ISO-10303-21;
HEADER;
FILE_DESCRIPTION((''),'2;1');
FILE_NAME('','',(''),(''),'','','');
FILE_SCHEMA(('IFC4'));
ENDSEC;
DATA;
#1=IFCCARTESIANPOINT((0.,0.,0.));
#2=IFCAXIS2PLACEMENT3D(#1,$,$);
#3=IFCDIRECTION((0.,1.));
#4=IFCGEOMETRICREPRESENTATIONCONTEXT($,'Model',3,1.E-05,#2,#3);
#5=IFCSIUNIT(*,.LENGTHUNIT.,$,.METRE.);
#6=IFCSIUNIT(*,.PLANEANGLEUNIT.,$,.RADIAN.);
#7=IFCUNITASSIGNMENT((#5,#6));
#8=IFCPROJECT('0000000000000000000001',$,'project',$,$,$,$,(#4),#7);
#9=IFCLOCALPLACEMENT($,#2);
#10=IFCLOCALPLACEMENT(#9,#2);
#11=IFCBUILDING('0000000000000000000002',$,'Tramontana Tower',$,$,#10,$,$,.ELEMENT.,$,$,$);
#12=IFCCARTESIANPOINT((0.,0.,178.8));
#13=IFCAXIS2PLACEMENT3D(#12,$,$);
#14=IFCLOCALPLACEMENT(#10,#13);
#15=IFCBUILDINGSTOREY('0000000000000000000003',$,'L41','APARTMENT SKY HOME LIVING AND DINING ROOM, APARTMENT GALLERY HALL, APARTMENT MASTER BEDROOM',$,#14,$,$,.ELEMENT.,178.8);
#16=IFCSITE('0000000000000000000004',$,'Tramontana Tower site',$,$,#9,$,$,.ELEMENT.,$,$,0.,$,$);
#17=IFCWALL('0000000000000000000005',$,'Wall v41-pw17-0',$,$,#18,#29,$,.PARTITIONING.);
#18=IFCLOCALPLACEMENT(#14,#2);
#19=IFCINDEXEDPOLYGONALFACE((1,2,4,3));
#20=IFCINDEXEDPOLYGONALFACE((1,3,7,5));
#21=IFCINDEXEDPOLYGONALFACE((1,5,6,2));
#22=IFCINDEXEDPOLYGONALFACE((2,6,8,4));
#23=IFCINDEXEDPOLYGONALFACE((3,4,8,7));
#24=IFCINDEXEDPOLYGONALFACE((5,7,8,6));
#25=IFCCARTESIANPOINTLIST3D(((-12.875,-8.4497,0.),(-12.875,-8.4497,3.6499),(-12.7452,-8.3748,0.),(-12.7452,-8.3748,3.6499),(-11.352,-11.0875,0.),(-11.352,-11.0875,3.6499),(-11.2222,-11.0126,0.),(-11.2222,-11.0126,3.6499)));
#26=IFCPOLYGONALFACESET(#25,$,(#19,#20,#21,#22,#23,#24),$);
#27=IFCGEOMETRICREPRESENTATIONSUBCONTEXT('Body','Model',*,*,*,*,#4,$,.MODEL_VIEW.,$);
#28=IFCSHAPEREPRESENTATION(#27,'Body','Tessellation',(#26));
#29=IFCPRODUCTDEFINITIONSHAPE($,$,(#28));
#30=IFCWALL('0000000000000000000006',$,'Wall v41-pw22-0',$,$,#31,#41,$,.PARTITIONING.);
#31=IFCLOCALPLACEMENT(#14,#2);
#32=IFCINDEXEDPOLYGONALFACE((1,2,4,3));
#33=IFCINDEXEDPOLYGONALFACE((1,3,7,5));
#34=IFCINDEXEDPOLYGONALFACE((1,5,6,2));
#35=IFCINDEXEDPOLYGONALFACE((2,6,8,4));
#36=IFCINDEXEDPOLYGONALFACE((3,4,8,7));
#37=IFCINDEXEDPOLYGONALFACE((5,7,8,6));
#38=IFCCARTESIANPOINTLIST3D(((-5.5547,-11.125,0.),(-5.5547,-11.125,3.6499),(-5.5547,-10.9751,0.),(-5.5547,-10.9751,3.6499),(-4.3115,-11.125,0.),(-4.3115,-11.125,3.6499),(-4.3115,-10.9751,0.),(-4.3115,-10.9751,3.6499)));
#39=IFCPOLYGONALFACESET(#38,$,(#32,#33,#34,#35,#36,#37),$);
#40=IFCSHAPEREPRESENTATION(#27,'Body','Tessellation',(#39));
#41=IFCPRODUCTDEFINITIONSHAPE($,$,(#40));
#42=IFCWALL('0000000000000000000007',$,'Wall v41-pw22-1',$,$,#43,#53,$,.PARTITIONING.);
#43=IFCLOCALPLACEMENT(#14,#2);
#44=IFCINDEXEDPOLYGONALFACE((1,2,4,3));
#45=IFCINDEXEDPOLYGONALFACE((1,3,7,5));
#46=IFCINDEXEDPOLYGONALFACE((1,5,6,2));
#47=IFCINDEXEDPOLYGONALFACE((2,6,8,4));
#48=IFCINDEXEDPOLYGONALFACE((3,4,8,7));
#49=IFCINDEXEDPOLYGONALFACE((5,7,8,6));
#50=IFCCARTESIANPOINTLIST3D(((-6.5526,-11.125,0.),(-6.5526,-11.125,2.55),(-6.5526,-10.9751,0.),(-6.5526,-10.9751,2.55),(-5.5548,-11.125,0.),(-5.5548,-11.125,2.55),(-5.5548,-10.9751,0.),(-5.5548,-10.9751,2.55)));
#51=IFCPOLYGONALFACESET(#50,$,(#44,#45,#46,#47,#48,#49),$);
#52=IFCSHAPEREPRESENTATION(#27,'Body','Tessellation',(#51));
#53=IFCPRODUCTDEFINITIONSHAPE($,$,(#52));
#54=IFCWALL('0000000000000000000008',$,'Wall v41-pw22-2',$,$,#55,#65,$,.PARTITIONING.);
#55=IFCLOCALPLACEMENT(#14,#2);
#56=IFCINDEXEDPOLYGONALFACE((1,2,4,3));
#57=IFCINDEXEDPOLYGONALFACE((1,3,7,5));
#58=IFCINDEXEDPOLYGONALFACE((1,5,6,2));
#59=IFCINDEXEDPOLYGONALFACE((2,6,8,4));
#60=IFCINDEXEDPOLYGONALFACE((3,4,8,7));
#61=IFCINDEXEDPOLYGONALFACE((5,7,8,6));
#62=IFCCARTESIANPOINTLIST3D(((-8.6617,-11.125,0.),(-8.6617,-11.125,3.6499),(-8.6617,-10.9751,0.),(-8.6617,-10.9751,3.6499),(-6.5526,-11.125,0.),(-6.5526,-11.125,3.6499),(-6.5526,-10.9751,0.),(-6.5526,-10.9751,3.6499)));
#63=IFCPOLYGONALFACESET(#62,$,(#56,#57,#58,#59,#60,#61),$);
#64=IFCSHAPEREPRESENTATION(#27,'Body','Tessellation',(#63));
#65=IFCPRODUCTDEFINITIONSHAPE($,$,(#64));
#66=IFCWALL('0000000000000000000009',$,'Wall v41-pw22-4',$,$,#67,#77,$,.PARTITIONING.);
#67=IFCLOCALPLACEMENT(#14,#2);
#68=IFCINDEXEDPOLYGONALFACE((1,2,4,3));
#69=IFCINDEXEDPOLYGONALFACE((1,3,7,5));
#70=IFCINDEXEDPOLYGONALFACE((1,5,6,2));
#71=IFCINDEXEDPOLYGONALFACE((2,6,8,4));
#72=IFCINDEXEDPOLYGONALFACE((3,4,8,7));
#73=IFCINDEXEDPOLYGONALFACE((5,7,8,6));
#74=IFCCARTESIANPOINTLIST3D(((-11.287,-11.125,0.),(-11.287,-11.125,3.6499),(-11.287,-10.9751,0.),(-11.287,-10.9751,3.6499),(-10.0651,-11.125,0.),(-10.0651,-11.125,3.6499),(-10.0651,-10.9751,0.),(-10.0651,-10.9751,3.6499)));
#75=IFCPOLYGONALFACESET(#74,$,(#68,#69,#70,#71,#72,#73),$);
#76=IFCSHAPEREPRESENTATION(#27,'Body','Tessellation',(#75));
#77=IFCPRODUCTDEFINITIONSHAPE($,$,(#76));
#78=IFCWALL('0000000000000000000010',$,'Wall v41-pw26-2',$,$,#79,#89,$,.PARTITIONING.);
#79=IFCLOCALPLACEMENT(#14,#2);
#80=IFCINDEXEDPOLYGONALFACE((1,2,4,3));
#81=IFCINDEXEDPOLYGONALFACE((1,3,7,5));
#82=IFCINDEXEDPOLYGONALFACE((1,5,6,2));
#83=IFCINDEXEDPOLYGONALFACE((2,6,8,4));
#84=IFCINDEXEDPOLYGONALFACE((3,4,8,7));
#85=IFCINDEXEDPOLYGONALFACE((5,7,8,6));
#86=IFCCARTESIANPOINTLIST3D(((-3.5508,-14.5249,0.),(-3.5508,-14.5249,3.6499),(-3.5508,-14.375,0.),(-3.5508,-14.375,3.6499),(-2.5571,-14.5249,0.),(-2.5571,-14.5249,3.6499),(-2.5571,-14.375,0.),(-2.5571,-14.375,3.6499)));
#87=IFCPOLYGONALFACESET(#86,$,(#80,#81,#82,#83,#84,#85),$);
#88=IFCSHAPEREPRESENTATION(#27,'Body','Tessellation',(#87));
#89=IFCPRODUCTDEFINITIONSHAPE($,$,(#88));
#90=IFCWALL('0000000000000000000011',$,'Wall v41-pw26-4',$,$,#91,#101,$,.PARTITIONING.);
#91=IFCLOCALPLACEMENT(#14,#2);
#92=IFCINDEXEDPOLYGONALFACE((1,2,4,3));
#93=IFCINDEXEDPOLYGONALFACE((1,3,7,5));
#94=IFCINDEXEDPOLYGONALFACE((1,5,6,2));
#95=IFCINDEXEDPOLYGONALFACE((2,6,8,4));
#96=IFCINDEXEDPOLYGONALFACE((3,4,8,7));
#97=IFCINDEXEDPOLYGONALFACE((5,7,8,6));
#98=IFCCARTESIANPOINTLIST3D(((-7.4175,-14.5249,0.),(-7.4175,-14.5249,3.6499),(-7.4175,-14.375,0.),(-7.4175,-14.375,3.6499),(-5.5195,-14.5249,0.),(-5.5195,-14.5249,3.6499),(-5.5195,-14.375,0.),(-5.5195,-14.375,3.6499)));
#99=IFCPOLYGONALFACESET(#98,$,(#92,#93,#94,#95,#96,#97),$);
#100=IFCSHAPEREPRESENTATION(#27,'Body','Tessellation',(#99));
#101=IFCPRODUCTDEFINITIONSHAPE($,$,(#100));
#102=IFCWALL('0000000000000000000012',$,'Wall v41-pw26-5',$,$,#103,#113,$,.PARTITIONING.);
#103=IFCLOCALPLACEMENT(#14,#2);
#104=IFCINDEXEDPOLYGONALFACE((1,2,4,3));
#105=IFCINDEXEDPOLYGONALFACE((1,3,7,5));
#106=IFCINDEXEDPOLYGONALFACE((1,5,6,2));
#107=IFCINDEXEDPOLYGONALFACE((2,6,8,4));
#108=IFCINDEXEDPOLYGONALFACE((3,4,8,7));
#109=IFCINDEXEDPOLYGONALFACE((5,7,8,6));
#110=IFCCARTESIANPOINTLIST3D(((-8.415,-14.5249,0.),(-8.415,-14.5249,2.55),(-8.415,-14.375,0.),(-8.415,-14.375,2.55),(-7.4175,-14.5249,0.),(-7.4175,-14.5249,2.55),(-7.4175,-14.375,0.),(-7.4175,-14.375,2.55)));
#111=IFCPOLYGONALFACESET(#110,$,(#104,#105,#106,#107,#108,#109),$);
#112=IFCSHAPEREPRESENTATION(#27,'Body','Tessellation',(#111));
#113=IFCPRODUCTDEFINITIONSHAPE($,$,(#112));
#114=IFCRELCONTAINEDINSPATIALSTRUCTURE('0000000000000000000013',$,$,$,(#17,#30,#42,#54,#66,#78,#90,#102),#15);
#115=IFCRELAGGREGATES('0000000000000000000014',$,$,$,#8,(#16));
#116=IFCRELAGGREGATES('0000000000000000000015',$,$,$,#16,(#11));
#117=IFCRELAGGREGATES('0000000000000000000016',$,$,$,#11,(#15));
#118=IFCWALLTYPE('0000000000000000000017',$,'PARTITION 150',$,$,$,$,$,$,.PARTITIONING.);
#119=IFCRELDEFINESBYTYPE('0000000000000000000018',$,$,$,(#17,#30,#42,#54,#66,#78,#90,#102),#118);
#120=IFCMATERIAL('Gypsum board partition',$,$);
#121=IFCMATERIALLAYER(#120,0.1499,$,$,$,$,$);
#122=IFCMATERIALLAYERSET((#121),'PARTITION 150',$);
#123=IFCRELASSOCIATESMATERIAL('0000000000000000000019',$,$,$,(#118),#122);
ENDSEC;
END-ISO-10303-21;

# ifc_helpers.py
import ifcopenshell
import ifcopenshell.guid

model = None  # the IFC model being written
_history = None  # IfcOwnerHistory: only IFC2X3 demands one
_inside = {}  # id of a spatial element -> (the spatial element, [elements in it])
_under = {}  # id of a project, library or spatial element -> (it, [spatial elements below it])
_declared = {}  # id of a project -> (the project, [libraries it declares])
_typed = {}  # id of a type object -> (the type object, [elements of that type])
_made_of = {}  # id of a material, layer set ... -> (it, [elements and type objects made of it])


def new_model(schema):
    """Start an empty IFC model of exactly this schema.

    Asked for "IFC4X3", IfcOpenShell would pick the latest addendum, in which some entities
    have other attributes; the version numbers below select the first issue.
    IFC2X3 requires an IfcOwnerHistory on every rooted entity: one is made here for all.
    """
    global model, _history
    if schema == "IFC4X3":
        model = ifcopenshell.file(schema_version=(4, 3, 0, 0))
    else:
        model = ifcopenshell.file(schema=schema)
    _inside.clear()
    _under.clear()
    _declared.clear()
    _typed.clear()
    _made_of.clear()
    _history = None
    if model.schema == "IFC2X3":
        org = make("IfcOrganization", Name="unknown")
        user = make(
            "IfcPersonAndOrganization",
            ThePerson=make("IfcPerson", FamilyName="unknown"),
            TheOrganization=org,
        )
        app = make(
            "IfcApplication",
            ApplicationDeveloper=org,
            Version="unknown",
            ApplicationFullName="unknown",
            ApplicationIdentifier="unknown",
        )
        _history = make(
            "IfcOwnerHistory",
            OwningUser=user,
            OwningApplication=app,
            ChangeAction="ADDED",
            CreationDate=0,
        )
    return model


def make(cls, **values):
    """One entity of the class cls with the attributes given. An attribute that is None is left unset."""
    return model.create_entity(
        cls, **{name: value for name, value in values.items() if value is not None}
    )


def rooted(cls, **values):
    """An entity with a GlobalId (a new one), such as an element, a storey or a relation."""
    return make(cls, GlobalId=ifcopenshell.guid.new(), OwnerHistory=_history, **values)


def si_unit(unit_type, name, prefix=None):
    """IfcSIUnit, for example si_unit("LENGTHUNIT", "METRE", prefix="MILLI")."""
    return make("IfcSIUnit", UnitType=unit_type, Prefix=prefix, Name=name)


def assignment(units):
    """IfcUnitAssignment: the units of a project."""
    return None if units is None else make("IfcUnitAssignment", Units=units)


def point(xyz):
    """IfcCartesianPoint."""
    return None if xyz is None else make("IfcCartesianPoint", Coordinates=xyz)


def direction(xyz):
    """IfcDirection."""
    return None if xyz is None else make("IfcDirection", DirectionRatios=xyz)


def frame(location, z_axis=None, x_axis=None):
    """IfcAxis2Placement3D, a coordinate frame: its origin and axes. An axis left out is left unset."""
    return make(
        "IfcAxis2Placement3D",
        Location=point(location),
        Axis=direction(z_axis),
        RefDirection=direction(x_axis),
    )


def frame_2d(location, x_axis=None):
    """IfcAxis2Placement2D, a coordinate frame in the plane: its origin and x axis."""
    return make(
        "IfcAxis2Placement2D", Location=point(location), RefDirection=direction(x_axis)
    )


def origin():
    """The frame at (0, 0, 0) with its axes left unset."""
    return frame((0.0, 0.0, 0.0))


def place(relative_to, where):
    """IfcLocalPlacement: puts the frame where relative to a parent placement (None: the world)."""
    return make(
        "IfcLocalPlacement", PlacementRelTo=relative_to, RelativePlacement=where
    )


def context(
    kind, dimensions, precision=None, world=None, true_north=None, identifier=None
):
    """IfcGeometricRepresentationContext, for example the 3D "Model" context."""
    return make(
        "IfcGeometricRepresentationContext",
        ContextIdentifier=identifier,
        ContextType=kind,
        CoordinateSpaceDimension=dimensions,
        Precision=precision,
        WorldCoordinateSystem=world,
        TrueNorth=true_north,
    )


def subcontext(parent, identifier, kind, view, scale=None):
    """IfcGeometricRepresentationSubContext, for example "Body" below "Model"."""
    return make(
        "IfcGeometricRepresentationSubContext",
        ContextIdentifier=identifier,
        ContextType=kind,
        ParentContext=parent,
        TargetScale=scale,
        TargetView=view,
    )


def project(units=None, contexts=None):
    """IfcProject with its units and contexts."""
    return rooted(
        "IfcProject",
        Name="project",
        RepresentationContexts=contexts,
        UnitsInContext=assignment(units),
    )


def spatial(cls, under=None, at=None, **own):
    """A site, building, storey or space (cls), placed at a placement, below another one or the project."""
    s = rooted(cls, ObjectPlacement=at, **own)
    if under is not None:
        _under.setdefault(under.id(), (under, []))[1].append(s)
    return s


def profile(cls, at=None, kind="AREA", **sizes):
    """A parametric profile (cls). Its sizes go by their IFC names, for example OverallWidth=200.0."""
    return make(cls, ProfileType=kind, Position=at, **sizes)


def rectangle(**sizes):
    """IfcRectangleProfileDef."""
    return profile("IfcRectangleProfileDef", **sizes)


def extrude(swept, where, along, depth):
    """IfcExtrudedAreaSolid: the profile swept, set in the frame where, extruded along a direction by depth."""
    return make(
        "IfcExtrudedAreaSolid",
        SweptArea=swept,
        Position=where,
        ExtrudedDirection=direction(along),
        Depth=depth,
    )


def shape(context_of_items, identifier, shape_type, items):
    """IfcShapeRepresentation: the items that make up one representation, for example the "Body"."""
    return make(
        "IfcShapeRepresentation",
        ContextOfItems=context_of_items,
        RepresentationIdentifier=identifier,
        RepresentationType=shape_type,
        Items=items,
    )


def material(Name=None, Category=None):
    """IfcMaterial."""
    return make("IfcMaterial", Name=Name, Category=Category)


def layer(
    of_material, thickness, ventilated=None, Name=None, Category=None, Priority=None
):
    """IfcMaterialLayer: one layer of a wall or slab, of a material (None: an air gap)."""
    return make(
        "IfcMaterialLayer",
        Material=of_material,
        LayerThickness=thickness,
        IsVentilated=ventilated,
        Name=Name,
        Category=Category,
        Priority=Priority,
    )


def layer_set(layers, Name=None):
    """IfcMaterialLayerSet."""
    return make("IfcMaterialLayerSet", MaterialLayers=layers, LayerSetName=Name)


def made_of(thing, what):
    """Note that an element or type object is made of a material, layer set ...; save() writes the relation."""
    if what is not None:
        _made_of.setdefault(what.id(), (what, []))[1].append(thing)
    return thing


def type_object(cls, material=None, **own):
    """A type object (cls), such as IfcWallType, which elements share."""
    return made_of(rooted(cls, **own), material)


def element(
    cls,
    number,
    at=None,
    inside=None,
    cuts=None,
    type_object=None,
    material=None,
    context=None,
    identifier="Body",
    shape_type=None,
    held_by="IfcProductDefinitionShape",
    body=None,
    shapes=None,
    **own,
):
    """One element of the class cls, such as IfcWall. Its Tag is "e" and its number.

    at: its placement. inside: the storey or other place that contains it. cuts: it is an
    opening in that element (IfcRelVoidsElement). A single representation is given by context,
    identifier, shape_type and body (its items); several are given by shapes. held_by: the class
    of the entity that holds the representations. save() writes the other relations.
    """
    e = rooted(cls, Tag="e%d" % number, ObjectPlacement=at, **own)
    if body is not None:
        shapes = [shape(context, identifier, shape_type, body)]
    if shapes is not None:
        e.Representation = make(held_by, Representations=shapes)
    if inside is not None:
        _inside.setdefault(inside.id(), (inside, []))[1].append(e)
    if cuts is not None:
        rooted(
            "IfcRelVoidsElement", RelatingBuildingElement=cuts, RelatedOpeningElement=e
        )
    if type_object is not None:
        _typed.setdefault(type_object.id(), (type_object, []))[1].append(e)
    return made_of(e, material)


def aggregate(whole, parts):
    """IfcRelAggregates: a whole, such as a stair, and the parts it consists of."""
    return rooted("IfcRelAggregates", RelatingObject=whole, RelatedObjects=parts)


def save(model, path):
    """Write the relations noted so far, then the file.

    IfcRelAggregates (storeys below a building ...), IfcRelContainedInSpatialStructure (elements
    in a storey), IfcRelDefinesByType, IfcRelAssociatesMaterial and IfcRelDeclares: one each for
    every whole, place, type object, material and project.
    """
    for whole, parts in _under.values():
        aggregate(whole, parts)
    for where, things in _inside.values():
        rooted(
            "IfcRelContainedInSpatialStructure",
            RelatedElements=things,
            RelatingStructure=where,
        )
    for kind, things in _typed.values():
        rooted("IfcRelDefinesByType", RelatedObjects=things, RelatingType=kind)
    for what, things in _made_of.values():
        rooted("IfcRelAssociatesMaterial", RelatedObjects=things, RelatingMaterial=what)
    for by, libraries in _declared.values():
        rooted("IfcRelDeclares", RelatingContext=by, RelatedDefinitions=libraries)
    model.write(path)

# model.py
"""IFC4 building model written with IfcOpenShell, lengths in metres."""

from ifc_helpers import new_model, si_unit, direction, frame, frame_2d, origin, place, context, subcontext, project, spatial, rectangle, extrude, material, layer, layer_set, type_object, element, save


model = new_model("IFC4")

# Units and contexts
model_context = context("Model", 3, precision=1e-05, world=origin(), true_north=direction((0.0, 1.0)))
body_context = subcontext(model_context, "Body", "Model", "MODEL_VIEW")
ifc_project = project(units=[si_unit("LENGTHUNIT", "METRE"), si_unit("PLANEANGLEUNIT", "RADIAN")], contexts=[model_context])

# Site, building, storey
site_placement = place(None, origin())
site = spatial("IfcSite", under=ifc_project, at=site_placement, Name="Tramontana Tower site", CompositionType="ELEMENT", RefElevation=0.0)
building_placement = place(site_placement, origin())
building = spatial("IfcBuilding", under=site, at=building_placement, Name="Tramontana Tower", CompositionType="ELEMENT")
storey_placement = place(building_placement, frame((0.0, 0.0, 178.8)))
storey = spatial("IfcBuildingStorey", under=building, at=storey_placement, Name="L41", Description="APARTMENT SKY HOME LIVING AND DINING ROOM, APARTMENT GALLERY HALL, APARTMENT MASTER BEDROOM", CompositionType="ELEMENT", Elevation=178.8)

# Shared definitions
ifc_material_1 = material(Name="Gypsum board partition")
ifc_layer_1 = layer(ifc_material_1, 0.1499)
ifc_layer_set_1 = layer_set([ifc_layer_1], Name="PARTITION 150")
wall_type_1 = type_object("IfcWallType", Name="PARTITION 150", PredefinedType="PARTITIONING", material=ifc_layer_set_1)

# Wall
wall_1_placement = place(storey_placement, frame((-11.2871, -11.05, 0.0), z_axis=(0.0, 0.0, 1.0), x_axis=(-0.500018, 0.866015, 0.0)))
element("IfcWall", 1, at=wall_1_placement, inside=storey, type_object=wall_type_1, Name="Wall v41-pw17-0", PredefinedType="PARTITIONING", context=body_context, shape_type="SweptSolid", body=[
    extrude(rectangle(XDim=3.0459, YDim=0.1499, at=frame_2d((1.5229, 0.0))), origin(), (0.0, 0.0, 1.0), 3.6499),
])

# Walls
wall_2_placement = place(storey_placement, frame((-4.3115, -11.05, 0.0), z_axis=(0.0, 0.0, 1.0), x_axis=(-1.0, 0.0, 0.0)))
element("IfcWall", 2, at=wall_2_placement, inside=storey, type_object=wall_type_1, Name="Wall v41-pw22-0", PredefinedType="PARTITIONING", context=body_context, shape_type="SweptSolid", body=[
    extrude(rectangle(XDim=1.2432, YDim=0.1499, at=frame_2d((0.6216, 0.0))), origin(), (0.0, 0.0, 1.0), 3.6499),
])
wall_3_placement = place(storey_placement, frame((-5.5547, -11.05, 0.0), z_axis=(0.0, 0.0, 1.0), x_axis=(-1.0, 0.0, 0.0)))
element("IfcWall", 3, at=wall_3_placement, inside=storey, type_object=wall_type_1, Name="Wall v41-pw22-1", PredefinedType="PARTITIONING", context=body_context, shape_type="SweptSolid", body=[
    extrude(rectangle(XDim=0.9978, YDim=0.1499, at=frame_2d((0.499, 0.0))), origin(), (0.0, 0.0, 1.0), 2.55),
])
wall_4_placement = place(storey_placement, frame((-6.5525, -11.05, 0.0), z_axis=(0.0, 0.0, 1.0), x_axis=(-1.0, 0.0, 0.0)))
element("IfcWall", 4, at=wall_4_placement, inside=storey, type_object=wall_type_1, Name="Wall v41-pw22-2", PredefinedType="PARTITIONING", context=body_context, shape_type="SweptSolid", body=[
    extrude(rectangle(XDim=2.1091, YDim=0.1499, at=frame_2d((1.0547, 0.0))), origin(), (0.0, 0.0, 1.0), 3.6499),
])

# Wall
wall_5_placement = place(storey_placement, frame((-10.0652, -11.05, 0.0), z_axis=(0.0, 0.0, 1.0), x_axis=(-1.0, 0.0, 0.0)))
element("IfcWall", 5, at=wall_5_placement, inside=storey, type_object=wall_type_1, Name="Wall v41-pw22-4", PredefinedType="PARTITIONING", context=body_context, shape_type="SweptSolid", body=[
    extrude(rectangle(XDim=1.2219, YDim=0.1499, at=frame_2d((0.6108, 0.0))), origin(), (0.0, 0.0, 1.0), 3.6499),
])

# Wall
wall_6_placement = place(storey_placement, frame((-2.5571, -14.45, 0.0), z_axis=(0.0, 0.0, 1.0), x_axis=(-1.0, 0.0, 0.0)))
element("IfcWall", 6, at=wall_6_placement, inside=storey, type_object=wall_type_1, Name="Wall v41-pw26-2", PredefinedType="PARTITIONING", context=body_context, shape_type="SweptSolid", body=[
    extrude(rectangle(XDim=0.9937, YDim=0.1499, at=frame_2d((0.4968, 0.0))), origin(), (0.0, 0.0, 1.0), 3.6499),
])

# Walls
wall_7_placement = place(storey_placement, frame((-5.5195, -14.45, 0.0), z_axis=(0.0, 0.0, 1.0), x_axis=(-1.0, 0.0, 0.0)))
element("IfcWall", 7, at=wall_7_placement, inside=storey, type_object=wall_type_1, Name="Wall v41-pw26-4", PredefinedType="PARTITIONING", context=body_context, shape_type="SweptSolid", body=[
    extrude(rectangle(XDim=1.8979, YDim=0.1499, at=frame_2d((0.949, 0.0))), origin(), (0.0, 0.0, 1.0), 3.6499),
])
wall_8_placement = place(storey_placement, frame((-7.4175, -14.45, 0.0), z_axis=(0.0, 0.0, 1.0), x_axis=(-1.0, 0.0, 0.0)))
element("IfcWall", 8, at=wall_8_placement, inside=storey, type_object=wall_type_1, Name="Wall v41-pw26-5", PredefinedType="PARTITIONING", context=body_context, shape_type="SweptSolid", body=[
    extrude(rectangle(XDim=0.9976, YDim=0.1499, at=frame_2d((0.4988, 0.0))), origin(), (0.0, 0.0, 1.0), 2.55),
])

save(model, "model.ifc")
